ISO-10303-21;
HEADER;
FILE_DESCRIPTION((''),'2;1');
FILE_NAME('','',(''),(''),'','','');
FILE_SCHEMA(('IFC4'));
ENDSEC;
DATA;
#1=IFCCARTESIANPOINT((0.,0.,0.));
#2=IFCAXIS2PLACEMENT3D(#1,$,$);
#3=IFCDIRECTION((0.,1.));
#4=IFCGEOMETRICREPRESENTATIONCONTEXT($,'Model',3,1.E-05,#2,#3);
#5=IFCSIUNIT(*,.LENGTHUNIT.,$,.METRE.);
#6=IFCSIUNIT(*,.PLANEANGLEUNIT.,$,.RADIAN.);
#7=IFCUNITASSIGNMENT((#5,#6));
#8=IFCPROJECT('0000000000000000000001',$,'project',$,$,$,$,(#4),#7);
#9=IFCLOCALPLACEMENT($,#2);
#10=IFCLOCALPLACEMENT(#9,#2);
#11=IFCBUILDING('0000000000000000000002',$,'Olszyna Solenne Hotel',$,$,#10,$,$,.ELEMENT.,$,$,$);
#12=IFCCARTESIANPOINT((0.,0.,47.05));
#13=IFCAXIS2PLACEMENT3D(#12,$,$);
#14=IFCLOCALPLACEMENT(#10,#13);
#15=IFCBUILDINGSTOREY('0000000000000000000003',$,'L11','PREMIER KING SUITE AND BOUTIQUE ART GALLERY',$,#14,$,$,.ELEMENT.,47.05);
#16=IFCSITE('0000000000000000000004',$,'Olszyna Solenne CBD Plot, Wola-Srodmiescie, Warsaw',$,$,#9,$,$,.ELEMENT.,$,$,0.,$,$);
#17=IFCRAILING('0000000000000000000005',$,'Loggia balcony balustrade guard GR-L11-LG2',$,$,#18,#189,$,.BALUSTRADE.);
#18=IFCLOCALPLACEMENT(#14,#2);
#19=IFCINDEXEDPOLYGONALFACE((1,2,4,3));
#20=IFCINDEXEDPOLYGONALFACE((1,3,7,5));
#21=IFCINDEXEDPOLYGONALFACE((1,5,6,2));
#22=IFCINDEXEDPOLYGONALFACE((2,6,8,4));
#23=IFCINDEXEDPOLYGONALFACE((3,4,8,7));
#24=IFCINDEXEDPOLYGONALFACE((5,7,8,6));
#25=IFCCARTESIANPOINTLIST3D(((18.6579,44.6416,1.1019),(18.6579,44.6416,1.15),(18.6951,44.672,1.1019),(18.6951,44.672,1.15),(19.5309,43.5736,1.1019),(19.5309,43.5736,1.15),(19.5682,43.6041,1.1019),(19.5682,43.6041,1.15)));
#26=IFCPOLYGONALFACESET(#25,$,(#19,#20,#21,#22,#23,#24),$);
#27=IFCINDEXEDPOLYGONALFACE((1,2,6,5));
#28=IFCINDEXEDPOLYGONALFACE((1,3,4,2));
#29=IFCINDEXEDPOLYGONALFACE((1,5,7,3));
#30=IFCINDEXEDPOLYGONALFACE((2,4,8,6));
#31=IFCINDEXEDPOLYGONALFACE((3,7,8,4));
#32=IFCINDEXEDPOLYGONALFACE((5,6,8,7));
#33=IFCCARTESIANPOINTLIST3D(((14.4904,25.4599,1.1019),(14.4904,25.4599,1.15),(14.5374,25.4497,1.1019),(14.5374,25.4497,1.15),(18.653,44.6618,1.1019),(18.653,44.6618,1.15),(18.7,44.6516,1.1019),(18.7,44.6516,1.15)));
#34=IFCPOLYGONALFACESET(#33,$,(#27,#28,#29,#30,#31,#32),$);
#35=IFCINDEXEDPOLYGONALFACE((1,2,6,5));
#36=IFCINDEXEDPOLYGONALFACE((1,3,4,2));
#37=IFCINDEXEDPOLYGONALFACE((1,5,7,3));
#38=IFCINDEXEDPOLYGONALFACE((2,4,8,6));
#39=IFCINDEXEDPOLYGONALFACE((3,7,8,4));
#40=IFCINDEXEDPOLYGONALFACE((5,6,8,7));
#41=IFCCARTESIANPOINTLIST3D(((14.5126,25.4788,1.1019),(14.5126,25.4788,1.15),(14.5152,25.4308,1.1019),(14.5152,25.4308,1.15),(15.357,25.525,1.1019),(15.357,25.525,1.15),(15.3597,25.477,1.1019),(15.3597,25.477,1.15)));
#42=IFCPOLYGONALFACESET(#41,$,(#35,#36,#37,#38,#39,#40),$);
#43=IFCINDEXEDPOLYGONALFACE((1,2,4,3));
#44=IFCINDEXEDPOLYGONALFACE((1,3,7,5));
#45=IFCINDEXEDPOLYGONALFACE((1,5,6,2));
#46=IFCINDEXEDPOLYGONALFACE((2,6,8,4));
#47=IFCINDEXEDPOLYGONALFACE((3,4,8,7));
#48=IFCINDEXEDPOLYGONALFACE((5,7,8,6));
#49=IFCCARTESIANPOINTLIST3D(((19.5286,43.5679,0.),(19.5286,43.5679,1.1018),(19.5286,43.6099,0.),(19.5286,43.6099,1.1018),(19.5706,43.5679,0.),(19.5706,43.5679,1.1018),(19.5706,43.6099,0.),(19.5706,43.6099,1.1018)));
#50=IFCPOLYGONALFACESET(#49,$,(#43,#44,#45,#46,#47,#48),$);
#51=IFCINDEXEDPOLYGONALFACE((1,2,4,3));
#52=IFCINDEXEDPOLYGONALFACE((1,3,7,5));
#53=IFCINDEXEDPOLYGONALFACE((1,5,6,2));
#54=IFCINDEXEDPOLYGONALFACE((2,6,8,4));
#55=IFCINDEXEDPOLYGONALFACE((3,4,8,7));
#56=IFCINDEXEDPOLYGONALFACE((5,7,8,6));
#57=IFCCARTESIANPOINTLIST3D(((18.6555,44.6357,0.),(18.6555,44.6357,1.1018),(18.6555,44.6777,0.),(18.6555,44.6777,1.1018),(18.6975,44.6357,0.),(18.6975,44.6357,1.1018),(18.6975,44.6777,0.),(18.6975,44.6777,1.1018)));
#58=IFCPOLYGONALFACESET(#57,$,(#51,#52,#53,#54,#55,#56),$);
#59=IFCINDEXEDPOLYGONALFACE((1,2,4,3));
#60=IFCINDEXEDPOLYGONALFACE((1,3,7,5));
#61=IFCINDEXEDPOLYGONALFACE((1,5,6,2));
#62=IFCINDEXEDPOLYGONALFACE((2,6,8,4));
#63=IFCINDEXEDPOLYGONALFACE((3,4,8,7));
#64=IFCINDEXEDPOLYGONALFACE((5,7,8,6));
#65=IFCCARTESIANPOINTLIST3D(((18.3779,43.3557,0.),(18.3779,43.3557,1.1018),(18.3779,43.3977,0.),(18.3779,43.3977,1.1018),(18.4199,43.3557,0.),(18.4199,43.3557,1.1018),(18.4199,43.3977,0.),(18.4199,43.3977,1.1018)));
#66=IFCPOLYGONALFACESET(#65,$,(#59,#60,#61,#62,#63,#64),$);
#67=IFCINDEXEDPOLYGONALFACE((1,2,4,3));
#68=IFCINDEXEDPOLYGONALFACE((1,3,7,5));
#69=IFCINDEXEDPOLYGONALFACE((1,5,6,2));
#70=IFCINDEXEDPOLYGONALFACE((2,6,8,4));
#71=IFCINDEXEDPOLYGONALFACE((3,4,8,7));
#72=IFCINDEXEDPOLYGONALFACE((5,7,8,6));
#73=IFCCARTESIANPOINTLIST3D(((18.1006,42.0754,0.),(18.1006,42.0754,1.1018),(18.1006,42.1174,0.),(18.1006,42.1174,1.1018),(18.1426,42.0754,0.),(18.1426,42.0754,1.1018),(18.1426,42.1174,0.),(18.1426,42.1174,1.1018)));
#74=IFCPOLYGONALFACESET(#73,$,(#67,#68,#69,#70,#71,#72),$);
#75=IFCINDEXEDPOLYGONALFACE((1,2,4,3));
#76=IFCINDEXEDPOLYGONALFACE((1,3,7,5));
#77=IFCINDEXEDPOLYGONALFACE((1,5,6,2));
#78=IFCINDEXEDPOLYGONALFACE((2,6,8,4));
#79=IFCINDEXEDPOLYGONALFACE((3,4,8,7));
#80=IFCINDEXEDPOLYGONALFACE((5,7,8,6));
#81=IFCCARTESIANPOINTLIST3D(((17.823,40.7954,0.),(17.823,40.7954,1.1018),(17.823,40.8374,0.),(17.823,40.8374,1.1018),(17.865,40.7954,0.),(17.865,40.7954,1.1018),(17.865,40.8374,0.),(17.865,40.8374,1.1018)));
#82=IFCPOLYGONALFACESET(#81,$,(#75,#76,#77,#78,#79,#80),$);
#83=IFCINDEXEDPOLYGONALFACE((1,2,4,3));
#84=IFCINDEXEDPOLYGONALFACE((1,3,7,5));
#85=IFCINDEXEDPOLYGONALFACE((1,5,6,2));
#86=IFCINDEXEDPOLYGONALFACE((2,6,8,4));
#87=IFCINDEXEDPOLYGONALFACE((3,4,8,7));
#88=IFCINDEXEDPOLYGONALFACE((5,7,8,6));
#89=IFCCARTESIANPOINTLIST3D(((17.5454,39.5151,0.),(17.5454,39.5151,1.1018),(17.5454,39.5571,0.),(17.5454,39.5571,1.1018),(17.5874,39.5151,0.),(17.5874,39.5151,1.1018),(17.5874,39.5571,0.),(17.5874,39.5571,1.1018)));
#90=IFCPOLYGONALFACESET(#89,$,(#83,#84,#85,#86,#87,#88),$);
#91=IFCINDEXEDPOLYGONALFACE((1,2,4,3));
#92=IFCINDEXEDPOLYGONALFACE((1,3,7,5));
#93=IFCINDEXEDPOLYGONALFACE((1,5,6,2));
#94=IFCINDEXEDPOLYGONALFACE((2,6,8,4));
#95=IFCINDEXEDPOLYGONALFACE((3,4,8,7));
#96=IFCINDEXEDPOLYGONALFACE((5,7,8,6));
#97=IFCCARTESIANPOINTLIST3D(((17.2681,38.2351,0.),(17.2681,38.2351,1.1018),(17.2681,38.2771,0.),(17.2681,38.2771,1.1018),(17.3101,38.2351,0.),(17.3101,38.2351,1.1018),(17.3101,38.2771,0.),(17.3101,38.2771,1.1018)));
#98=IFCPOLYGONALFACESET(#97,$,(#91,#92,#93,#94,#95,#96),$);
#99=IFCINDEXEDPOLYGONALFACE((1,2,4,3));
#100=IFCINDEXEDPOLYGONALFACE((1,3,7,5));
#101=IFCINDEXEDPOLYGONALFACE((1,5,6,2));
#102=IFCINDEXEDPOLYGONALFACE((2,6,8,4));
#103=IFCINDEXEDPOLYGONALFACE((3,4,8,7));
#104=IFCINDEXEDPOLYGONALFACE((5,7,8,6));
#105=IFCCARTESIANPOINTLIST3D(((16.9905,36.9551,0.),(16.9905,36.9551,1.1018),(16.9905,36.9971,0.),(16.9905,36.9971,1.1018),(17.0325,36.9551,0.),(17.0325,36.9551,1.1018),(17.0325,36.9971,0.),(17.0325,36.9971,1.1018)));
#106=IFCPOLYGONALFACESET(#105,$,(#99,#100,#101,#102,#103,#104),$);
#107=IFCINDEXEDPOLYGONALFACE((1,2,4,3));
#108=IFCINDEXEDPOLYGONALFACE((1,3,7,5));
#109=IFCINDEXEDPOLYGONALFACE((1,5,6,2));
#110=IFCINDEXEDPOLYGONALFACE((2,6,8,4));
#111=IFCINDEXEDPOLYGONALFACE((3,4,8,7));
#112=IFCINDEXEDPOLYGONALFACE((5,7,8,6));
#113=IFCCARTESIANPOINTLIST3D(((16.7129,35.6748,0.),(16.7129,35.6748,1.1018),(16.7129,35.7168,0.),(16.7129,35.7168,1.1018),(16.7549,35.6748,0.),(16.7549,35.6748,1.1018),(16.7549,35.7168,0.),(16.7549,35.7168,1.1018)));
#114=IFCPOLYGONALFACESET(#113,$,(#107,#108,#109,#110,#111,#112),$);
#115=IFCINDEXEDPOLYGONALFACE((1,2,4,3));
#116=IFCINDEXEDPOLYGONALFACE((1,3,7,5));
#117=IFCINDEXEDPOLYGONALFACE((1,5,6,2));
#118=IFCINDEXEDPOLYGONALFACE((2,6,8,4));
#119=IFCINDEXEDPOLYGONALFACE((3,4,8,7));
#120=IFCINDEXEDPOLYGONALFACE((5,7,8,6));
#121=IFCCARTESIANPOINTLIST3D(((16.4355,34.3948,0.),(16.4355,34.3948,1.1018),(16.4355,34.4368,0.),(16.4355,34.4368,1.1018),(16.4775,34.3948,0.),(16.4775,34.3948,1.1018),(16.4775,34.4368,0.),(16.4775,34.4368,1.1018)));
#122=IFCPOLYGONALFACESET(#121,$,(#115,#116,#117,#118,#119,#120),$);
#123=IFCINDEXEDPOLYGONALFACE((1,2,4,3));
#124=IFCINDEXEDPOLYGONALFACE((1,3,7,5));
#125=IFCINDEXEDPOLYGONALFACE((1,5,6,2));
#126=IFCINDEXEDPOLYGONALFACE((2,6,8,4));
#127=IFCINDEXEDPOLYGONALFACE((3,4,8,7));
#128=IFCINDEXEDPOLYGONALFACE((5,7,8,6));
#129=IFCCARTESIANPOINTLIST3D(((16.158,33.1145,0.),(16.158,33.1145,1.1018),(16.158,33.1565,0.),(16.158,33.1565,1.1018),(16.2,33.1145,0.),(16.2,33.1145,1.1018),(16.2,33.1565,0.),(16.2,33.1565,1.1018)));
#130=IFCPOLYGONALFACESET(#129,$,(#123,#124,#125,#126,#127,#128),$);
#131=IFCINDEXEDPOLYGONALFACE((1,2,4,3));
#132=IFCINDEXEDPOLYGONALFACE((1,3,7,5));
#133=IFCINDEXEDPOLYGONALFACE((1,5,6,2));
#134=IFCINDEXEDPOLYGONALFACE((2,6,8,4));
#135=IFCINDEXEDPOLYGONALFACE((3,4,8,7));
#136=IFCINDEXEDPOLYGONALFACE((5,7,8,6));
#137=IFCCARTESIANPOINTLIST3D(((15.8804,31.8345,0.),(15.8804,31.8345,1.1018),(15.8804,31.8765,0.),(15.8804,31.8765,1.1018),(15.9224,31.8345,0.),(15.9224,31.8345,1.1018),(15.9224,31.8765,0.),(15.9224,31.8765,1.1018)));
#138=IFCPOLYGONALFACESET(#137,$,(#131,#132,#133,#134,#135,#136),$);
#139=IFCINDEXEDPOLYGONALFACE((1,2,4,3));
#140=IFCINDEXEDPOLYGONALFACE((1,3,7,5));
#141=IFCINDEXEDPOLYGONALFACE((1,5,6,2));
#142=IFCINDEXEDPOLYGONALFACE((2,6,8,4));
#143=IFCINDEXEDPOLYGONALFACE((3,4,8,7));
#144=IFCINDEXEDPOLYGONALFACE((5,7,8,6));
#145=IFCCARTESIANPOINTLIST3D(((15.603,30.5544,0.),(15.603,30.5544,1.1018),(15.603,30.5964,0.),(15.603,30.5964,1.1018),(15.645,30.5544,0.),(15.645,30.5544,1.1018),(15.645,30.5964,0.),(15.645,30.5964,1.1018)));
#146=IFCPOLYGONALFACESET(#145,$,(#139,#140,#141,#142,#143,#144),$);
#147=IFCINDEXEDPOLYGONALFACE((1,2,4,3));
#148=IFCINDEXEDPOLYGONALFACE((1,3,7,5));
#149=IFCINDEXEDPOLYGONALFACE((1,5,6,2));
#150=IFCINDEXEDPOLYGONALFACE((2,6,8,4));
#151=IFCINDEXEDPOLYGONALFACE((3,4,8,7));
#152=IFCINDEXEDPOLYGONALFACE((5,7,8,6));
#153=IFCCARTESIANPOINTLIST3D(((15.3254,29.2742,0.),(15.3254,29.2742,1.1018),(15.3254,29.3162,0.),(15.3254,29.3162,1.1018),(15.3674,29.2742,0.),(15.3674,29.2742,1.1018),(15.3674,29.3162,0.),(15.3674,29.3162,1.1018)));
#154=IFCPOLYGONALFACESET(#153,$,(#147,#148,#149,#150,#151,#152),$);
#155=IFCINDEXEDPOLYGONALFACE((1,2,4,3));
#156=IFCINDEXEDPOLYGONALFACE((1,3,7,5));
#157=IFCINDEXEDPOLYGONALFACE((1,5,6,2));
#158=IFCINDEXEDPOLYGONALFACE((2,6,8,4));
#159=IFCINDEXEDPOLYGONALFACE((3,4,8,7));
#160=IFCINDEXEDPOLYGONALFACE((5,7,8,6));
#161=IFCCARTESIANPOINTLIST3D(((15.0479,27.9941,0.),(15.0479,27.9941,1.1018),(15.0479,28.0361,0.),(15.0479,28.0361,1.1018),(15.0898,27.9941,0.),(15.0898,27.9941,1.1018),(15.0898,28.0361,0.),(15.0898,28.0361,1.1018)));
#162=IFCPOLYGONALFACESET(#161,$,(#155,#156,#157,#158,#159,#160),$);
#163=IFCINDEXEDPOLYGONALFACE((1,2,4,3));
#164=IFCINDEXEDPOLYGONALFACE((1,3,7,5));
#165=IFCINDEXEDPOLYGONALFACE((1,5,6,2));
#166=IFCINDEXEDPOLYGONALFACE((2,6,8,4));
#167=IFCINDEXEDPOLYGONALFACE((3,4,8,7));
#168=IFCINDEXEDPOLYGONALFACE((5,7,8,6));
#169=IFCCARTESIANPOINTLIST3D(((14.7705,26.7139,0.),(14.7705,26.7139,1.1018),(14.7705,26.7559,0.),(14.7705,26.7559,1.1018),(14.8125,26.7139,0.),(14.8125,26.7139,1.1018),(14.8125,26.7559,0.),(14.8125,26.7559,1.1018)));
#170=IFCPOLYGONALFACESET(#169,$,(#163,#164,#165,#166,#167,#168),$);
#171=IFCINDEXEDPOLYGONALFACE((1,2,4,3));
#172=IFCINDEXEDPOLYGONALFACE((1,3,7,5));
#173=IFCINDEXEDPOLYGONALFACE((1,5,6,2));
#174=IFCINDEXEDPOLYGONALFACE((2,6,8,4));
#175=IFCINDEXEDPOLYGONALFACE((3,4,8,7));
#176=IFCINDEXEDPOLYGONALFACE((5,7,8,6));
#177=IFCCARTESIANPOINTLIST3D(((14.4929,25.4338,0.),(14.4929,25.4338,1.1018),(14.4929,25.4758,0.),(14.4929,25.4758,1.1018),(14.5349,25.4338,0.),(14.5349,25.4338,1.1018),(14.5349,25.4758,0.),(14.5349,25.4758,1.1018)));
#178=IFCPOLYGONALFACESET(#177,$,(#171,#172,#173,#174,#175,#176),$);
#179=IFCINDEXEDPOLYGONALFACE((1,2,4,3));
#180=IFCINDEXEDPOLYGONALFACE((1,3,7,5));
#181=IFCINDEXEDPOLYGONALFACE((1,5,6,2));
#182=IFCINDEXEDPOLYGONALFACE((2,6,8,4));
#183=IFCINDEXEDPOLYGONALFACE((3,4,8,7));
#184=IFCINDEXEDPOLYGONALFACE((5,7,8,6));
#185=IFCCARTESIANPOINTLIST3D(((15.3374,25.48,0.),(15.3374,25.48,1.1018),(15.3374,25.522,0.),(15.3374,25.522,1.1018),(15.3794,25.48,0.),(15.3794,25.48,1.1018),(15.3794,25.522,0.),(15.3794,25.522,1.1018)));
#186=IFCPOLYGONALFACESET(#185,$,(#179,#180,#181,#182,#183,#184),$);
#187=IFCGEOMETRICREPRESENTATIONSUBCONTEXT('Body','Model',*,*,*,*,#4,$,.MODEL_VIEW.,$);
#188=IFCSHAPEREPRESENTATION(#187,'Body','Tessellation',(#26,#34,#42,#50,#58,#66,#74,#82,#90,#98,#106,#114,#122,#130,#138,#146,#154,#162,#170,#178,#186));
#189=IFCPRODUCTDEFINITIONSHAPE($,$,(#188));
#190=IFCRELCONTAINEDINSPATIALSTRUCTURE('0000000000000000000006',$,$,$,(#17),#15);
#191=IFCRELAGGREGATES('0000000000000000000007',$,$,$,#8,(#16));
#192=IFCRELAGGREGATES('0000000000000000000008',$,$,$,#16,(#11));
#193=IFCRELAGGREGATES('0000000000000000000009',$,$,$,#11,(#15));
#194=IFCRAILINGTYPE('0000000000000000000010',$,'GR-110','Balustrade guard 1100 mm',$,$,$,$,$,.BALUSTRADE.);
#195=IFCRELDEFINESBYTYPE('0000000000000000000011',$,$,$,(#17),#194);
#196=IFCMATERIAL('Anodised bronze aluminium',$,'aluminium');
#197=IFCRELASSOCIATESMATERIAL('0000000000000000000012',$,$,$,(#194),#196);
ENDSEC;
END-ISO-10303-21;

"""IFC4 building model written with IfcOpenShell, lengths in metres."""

from ifc_helpers import new_model, si_unit, direction, frame, origin, origin_2d, place, context, subcontext, project, spatial, rectangle, extrude, material, type_object, element, save


model = new_model("IFC4")

# Units and contexts
model_context = context("Model", 3, precision=1e-05, world=origin(), true_north=direction((0.0, 1.0)))
body_context = subcontext(model_context, "Body", "Model", "MODEL_VIEW")
ifc_project = project(units=[si_unit("LENGTHUNIT", "METRE"), si_unit("PLANEANGLEUNIT", "RADIAN")], contexts=[model_context])

# Site, building, storey
site_placement = place(None, origin())
site = spatial("IfcSite", under=ifc_project, at=site_placement, Name="Olszyna Solenne CBD Plot, Wola-Srodmiescie, Warsaw", CompositionType="ELEMENT", RefElevation=0.0)
building_placement = place(site_placement, origin())
building = spatial("IfcBuilding", under=site, at=building_placement, Name="Olszyna Solenne Hotel", CompositionType="ELEMENT")
storey_placement = place(building_placement, frame((0.0, 0.0, 47.05)))
storey = spatial("IfcBuildingStorey", under=building, at=storey_placement, Name="L11", Description="PREMIER KING SUITE AND BOUTIQUE ART GALLERY", CompositionType="ELEMENT", Elevation=47.05)

# Shared definitions
ifc_material_1 = material(Name="Anodised bronze aluminium", Category="aluminium")

# Railing
railing_type = type_object("IfcRailingType", Name="GR-110", Description="Balustrade guard 1100 mm", PredefinedType="BALUSTRADE", material=ifc_material_1)
railing_placement = place(storey_placement, frame((19.5496, 43.5889, 0.0)))
element("IfcRailing", 1, at=railing_placement, inside=storey, type_object=railing_type, Name="Loggia balcony balustrade guard GR-L11-LG2", PredefinedType="BALUSTRADE", context=body_context, shape_type="SweptSolid", body=[
    extrude(rectangle(XDim=0.0481, YDim=0.0481, at=origin_2d()), frame((0.0, 0.0, 1.126), z_axis=(-0.632949, 0.774194, 0.0), x_axis=(-0.774194, -0.632949, 0.0)), (0.0, 0.0, 1.0), 1.3794),
    extrude(rectangle(XDim=0.0481, YDim=0.0481, at=origin_2d()), frame((-0.873, 1.0679, 1.126), z_axis=(-0.21186, -0.9773, 0.0), x_axis=(0.9773, -0.21186, 0.0)), (0.0, 0.0, 1.0), 19.6479),
    extrude(rectangle(XDim=0.0481, YDim=0.0481, at=origin_2d()), frame((-5.0356, -18.134, 1.126), z_axis=(0.998511, 0.054559, 0.0), x_axis=(-0.054559, 0.998511, 0.0)), (0.0, 0.0, 1.0), 0.8457),
    extrude(rectangle(XDim=0.042, YDim=0.042, at=origin_2d()), origin(), (0.0, 0.0, 1.0), 1.1018),
    extrude(rectangle(XDim=0.042, YDim=0.042, at=origin_2d()), frame((-0.873, 1.0679, 0.0)), (0.0, 0.0, 1.0), 1.1018),
    extrude(rectangle(XDim=0.042, YDim=0.042, at=origin_2d()), frame((-1.1506, -0.2122, 0.0)), (0.0, 0.0, 1.0), 1.1018),
    extrude(rectangle(XDim=0.042, YDim=0.042, at=origin_2d()), frame((-1.428, -1.4924, 0.0)), (0.0, 0.0, 1.0), 1.1018),
    extrude(rectangle(XDim=0.042, YDim=0.042, at=origin_2d()), frame((-1.7056, -2.7725, 0.0)), (0.0, 0.0, 1.0), 1.1018),
    extrude(rectangle(XDim=0.042, YDim=0.042, at=origin_2d()), frame((-1.9832, -4.0527, 0.0)), (0.0, 0.0, 1.0), 1.1018),
    extrude(rectangle(XDim=0.042, YDim=0.042, at=origin_2d()), frame((-2.2605, -5.3328, 0.0)), (0.0, 0.0, 1.0), 1.1018),
    extrude(rectangle(XDim=0.042, YDim=0.042, at=origin_2d()), frame((-2.5381, -6.6128, 0.0)), (0.0, 0.0, 1.0), 1.1018),
    extrude(rectangle(XDim=0.042, YDim=0.042, at=origin_2d()), frame((-2.8157, -7.8931, 0.0)), (0.0, 0.0, 1.0), 1.1018),
    extrude(rectangle(XDim=0.042, YDim=0.042, at=origin_2d()), frame((-3.093, -9.1731, 0.0)), (0.0, 0.0, 1.0), 1.1018),
    extrude(rectangle(XDim=0.042, YDim=0.042, at=origin_2d()), frame((-3.3706, -10.4534, 0.0)), (0.0, 0.0, 1.0), 1.1018),
    extrude(rectangle(XDim=0.042, YDim=0.042, at=origin_2d()), frame((-3.6482, -11.7334, 0.0)), (0.0, 0.0, 1.0), 1.1018),
    extrude(rectangle(XDim=0.042, YDim=0.042, at=origin_2d()), frame((-3.9255, -13.0134, 0.0)), (0.0, 0.0, 1.0), 1.1018),
    extrude(rectangle(XDim=0.042, YDim=0.042, at=origin_2d()), frame((-4.2031, -14.2937, 0.0)), (0.0, 0.0, 1.0), 1.1018),
    extrude(rectangle(XDim=0.042, YDim=0.042, at=origin_2d()), frame((-4.4807, -15.5737, 0.0)), (0.0, 0.0, 1.0), 1.1018),
    extrude(rectangle(XDim=0.042, YDim=0.042, at=origin_2d()), frame((-4.7581, -16.854, 0.0)), (0.0, 0.0, 1.0), 1.1018),
    extrude(rectangle(XDim=0.042, YDim=0.042, at=origin_2d()), frame((-5.0356, -18.134, 0.0)), (0.0, 0.0, 1.0), 1.1018),
    extrude(rectangle(XDim=0.042, YDim=0.042, at=origin_2d()), frame((-4.1912, -18.0879, 0.0)), (0.0, 0.0, 1.0), 1.1018),
])

save(model, "model.ifc")
